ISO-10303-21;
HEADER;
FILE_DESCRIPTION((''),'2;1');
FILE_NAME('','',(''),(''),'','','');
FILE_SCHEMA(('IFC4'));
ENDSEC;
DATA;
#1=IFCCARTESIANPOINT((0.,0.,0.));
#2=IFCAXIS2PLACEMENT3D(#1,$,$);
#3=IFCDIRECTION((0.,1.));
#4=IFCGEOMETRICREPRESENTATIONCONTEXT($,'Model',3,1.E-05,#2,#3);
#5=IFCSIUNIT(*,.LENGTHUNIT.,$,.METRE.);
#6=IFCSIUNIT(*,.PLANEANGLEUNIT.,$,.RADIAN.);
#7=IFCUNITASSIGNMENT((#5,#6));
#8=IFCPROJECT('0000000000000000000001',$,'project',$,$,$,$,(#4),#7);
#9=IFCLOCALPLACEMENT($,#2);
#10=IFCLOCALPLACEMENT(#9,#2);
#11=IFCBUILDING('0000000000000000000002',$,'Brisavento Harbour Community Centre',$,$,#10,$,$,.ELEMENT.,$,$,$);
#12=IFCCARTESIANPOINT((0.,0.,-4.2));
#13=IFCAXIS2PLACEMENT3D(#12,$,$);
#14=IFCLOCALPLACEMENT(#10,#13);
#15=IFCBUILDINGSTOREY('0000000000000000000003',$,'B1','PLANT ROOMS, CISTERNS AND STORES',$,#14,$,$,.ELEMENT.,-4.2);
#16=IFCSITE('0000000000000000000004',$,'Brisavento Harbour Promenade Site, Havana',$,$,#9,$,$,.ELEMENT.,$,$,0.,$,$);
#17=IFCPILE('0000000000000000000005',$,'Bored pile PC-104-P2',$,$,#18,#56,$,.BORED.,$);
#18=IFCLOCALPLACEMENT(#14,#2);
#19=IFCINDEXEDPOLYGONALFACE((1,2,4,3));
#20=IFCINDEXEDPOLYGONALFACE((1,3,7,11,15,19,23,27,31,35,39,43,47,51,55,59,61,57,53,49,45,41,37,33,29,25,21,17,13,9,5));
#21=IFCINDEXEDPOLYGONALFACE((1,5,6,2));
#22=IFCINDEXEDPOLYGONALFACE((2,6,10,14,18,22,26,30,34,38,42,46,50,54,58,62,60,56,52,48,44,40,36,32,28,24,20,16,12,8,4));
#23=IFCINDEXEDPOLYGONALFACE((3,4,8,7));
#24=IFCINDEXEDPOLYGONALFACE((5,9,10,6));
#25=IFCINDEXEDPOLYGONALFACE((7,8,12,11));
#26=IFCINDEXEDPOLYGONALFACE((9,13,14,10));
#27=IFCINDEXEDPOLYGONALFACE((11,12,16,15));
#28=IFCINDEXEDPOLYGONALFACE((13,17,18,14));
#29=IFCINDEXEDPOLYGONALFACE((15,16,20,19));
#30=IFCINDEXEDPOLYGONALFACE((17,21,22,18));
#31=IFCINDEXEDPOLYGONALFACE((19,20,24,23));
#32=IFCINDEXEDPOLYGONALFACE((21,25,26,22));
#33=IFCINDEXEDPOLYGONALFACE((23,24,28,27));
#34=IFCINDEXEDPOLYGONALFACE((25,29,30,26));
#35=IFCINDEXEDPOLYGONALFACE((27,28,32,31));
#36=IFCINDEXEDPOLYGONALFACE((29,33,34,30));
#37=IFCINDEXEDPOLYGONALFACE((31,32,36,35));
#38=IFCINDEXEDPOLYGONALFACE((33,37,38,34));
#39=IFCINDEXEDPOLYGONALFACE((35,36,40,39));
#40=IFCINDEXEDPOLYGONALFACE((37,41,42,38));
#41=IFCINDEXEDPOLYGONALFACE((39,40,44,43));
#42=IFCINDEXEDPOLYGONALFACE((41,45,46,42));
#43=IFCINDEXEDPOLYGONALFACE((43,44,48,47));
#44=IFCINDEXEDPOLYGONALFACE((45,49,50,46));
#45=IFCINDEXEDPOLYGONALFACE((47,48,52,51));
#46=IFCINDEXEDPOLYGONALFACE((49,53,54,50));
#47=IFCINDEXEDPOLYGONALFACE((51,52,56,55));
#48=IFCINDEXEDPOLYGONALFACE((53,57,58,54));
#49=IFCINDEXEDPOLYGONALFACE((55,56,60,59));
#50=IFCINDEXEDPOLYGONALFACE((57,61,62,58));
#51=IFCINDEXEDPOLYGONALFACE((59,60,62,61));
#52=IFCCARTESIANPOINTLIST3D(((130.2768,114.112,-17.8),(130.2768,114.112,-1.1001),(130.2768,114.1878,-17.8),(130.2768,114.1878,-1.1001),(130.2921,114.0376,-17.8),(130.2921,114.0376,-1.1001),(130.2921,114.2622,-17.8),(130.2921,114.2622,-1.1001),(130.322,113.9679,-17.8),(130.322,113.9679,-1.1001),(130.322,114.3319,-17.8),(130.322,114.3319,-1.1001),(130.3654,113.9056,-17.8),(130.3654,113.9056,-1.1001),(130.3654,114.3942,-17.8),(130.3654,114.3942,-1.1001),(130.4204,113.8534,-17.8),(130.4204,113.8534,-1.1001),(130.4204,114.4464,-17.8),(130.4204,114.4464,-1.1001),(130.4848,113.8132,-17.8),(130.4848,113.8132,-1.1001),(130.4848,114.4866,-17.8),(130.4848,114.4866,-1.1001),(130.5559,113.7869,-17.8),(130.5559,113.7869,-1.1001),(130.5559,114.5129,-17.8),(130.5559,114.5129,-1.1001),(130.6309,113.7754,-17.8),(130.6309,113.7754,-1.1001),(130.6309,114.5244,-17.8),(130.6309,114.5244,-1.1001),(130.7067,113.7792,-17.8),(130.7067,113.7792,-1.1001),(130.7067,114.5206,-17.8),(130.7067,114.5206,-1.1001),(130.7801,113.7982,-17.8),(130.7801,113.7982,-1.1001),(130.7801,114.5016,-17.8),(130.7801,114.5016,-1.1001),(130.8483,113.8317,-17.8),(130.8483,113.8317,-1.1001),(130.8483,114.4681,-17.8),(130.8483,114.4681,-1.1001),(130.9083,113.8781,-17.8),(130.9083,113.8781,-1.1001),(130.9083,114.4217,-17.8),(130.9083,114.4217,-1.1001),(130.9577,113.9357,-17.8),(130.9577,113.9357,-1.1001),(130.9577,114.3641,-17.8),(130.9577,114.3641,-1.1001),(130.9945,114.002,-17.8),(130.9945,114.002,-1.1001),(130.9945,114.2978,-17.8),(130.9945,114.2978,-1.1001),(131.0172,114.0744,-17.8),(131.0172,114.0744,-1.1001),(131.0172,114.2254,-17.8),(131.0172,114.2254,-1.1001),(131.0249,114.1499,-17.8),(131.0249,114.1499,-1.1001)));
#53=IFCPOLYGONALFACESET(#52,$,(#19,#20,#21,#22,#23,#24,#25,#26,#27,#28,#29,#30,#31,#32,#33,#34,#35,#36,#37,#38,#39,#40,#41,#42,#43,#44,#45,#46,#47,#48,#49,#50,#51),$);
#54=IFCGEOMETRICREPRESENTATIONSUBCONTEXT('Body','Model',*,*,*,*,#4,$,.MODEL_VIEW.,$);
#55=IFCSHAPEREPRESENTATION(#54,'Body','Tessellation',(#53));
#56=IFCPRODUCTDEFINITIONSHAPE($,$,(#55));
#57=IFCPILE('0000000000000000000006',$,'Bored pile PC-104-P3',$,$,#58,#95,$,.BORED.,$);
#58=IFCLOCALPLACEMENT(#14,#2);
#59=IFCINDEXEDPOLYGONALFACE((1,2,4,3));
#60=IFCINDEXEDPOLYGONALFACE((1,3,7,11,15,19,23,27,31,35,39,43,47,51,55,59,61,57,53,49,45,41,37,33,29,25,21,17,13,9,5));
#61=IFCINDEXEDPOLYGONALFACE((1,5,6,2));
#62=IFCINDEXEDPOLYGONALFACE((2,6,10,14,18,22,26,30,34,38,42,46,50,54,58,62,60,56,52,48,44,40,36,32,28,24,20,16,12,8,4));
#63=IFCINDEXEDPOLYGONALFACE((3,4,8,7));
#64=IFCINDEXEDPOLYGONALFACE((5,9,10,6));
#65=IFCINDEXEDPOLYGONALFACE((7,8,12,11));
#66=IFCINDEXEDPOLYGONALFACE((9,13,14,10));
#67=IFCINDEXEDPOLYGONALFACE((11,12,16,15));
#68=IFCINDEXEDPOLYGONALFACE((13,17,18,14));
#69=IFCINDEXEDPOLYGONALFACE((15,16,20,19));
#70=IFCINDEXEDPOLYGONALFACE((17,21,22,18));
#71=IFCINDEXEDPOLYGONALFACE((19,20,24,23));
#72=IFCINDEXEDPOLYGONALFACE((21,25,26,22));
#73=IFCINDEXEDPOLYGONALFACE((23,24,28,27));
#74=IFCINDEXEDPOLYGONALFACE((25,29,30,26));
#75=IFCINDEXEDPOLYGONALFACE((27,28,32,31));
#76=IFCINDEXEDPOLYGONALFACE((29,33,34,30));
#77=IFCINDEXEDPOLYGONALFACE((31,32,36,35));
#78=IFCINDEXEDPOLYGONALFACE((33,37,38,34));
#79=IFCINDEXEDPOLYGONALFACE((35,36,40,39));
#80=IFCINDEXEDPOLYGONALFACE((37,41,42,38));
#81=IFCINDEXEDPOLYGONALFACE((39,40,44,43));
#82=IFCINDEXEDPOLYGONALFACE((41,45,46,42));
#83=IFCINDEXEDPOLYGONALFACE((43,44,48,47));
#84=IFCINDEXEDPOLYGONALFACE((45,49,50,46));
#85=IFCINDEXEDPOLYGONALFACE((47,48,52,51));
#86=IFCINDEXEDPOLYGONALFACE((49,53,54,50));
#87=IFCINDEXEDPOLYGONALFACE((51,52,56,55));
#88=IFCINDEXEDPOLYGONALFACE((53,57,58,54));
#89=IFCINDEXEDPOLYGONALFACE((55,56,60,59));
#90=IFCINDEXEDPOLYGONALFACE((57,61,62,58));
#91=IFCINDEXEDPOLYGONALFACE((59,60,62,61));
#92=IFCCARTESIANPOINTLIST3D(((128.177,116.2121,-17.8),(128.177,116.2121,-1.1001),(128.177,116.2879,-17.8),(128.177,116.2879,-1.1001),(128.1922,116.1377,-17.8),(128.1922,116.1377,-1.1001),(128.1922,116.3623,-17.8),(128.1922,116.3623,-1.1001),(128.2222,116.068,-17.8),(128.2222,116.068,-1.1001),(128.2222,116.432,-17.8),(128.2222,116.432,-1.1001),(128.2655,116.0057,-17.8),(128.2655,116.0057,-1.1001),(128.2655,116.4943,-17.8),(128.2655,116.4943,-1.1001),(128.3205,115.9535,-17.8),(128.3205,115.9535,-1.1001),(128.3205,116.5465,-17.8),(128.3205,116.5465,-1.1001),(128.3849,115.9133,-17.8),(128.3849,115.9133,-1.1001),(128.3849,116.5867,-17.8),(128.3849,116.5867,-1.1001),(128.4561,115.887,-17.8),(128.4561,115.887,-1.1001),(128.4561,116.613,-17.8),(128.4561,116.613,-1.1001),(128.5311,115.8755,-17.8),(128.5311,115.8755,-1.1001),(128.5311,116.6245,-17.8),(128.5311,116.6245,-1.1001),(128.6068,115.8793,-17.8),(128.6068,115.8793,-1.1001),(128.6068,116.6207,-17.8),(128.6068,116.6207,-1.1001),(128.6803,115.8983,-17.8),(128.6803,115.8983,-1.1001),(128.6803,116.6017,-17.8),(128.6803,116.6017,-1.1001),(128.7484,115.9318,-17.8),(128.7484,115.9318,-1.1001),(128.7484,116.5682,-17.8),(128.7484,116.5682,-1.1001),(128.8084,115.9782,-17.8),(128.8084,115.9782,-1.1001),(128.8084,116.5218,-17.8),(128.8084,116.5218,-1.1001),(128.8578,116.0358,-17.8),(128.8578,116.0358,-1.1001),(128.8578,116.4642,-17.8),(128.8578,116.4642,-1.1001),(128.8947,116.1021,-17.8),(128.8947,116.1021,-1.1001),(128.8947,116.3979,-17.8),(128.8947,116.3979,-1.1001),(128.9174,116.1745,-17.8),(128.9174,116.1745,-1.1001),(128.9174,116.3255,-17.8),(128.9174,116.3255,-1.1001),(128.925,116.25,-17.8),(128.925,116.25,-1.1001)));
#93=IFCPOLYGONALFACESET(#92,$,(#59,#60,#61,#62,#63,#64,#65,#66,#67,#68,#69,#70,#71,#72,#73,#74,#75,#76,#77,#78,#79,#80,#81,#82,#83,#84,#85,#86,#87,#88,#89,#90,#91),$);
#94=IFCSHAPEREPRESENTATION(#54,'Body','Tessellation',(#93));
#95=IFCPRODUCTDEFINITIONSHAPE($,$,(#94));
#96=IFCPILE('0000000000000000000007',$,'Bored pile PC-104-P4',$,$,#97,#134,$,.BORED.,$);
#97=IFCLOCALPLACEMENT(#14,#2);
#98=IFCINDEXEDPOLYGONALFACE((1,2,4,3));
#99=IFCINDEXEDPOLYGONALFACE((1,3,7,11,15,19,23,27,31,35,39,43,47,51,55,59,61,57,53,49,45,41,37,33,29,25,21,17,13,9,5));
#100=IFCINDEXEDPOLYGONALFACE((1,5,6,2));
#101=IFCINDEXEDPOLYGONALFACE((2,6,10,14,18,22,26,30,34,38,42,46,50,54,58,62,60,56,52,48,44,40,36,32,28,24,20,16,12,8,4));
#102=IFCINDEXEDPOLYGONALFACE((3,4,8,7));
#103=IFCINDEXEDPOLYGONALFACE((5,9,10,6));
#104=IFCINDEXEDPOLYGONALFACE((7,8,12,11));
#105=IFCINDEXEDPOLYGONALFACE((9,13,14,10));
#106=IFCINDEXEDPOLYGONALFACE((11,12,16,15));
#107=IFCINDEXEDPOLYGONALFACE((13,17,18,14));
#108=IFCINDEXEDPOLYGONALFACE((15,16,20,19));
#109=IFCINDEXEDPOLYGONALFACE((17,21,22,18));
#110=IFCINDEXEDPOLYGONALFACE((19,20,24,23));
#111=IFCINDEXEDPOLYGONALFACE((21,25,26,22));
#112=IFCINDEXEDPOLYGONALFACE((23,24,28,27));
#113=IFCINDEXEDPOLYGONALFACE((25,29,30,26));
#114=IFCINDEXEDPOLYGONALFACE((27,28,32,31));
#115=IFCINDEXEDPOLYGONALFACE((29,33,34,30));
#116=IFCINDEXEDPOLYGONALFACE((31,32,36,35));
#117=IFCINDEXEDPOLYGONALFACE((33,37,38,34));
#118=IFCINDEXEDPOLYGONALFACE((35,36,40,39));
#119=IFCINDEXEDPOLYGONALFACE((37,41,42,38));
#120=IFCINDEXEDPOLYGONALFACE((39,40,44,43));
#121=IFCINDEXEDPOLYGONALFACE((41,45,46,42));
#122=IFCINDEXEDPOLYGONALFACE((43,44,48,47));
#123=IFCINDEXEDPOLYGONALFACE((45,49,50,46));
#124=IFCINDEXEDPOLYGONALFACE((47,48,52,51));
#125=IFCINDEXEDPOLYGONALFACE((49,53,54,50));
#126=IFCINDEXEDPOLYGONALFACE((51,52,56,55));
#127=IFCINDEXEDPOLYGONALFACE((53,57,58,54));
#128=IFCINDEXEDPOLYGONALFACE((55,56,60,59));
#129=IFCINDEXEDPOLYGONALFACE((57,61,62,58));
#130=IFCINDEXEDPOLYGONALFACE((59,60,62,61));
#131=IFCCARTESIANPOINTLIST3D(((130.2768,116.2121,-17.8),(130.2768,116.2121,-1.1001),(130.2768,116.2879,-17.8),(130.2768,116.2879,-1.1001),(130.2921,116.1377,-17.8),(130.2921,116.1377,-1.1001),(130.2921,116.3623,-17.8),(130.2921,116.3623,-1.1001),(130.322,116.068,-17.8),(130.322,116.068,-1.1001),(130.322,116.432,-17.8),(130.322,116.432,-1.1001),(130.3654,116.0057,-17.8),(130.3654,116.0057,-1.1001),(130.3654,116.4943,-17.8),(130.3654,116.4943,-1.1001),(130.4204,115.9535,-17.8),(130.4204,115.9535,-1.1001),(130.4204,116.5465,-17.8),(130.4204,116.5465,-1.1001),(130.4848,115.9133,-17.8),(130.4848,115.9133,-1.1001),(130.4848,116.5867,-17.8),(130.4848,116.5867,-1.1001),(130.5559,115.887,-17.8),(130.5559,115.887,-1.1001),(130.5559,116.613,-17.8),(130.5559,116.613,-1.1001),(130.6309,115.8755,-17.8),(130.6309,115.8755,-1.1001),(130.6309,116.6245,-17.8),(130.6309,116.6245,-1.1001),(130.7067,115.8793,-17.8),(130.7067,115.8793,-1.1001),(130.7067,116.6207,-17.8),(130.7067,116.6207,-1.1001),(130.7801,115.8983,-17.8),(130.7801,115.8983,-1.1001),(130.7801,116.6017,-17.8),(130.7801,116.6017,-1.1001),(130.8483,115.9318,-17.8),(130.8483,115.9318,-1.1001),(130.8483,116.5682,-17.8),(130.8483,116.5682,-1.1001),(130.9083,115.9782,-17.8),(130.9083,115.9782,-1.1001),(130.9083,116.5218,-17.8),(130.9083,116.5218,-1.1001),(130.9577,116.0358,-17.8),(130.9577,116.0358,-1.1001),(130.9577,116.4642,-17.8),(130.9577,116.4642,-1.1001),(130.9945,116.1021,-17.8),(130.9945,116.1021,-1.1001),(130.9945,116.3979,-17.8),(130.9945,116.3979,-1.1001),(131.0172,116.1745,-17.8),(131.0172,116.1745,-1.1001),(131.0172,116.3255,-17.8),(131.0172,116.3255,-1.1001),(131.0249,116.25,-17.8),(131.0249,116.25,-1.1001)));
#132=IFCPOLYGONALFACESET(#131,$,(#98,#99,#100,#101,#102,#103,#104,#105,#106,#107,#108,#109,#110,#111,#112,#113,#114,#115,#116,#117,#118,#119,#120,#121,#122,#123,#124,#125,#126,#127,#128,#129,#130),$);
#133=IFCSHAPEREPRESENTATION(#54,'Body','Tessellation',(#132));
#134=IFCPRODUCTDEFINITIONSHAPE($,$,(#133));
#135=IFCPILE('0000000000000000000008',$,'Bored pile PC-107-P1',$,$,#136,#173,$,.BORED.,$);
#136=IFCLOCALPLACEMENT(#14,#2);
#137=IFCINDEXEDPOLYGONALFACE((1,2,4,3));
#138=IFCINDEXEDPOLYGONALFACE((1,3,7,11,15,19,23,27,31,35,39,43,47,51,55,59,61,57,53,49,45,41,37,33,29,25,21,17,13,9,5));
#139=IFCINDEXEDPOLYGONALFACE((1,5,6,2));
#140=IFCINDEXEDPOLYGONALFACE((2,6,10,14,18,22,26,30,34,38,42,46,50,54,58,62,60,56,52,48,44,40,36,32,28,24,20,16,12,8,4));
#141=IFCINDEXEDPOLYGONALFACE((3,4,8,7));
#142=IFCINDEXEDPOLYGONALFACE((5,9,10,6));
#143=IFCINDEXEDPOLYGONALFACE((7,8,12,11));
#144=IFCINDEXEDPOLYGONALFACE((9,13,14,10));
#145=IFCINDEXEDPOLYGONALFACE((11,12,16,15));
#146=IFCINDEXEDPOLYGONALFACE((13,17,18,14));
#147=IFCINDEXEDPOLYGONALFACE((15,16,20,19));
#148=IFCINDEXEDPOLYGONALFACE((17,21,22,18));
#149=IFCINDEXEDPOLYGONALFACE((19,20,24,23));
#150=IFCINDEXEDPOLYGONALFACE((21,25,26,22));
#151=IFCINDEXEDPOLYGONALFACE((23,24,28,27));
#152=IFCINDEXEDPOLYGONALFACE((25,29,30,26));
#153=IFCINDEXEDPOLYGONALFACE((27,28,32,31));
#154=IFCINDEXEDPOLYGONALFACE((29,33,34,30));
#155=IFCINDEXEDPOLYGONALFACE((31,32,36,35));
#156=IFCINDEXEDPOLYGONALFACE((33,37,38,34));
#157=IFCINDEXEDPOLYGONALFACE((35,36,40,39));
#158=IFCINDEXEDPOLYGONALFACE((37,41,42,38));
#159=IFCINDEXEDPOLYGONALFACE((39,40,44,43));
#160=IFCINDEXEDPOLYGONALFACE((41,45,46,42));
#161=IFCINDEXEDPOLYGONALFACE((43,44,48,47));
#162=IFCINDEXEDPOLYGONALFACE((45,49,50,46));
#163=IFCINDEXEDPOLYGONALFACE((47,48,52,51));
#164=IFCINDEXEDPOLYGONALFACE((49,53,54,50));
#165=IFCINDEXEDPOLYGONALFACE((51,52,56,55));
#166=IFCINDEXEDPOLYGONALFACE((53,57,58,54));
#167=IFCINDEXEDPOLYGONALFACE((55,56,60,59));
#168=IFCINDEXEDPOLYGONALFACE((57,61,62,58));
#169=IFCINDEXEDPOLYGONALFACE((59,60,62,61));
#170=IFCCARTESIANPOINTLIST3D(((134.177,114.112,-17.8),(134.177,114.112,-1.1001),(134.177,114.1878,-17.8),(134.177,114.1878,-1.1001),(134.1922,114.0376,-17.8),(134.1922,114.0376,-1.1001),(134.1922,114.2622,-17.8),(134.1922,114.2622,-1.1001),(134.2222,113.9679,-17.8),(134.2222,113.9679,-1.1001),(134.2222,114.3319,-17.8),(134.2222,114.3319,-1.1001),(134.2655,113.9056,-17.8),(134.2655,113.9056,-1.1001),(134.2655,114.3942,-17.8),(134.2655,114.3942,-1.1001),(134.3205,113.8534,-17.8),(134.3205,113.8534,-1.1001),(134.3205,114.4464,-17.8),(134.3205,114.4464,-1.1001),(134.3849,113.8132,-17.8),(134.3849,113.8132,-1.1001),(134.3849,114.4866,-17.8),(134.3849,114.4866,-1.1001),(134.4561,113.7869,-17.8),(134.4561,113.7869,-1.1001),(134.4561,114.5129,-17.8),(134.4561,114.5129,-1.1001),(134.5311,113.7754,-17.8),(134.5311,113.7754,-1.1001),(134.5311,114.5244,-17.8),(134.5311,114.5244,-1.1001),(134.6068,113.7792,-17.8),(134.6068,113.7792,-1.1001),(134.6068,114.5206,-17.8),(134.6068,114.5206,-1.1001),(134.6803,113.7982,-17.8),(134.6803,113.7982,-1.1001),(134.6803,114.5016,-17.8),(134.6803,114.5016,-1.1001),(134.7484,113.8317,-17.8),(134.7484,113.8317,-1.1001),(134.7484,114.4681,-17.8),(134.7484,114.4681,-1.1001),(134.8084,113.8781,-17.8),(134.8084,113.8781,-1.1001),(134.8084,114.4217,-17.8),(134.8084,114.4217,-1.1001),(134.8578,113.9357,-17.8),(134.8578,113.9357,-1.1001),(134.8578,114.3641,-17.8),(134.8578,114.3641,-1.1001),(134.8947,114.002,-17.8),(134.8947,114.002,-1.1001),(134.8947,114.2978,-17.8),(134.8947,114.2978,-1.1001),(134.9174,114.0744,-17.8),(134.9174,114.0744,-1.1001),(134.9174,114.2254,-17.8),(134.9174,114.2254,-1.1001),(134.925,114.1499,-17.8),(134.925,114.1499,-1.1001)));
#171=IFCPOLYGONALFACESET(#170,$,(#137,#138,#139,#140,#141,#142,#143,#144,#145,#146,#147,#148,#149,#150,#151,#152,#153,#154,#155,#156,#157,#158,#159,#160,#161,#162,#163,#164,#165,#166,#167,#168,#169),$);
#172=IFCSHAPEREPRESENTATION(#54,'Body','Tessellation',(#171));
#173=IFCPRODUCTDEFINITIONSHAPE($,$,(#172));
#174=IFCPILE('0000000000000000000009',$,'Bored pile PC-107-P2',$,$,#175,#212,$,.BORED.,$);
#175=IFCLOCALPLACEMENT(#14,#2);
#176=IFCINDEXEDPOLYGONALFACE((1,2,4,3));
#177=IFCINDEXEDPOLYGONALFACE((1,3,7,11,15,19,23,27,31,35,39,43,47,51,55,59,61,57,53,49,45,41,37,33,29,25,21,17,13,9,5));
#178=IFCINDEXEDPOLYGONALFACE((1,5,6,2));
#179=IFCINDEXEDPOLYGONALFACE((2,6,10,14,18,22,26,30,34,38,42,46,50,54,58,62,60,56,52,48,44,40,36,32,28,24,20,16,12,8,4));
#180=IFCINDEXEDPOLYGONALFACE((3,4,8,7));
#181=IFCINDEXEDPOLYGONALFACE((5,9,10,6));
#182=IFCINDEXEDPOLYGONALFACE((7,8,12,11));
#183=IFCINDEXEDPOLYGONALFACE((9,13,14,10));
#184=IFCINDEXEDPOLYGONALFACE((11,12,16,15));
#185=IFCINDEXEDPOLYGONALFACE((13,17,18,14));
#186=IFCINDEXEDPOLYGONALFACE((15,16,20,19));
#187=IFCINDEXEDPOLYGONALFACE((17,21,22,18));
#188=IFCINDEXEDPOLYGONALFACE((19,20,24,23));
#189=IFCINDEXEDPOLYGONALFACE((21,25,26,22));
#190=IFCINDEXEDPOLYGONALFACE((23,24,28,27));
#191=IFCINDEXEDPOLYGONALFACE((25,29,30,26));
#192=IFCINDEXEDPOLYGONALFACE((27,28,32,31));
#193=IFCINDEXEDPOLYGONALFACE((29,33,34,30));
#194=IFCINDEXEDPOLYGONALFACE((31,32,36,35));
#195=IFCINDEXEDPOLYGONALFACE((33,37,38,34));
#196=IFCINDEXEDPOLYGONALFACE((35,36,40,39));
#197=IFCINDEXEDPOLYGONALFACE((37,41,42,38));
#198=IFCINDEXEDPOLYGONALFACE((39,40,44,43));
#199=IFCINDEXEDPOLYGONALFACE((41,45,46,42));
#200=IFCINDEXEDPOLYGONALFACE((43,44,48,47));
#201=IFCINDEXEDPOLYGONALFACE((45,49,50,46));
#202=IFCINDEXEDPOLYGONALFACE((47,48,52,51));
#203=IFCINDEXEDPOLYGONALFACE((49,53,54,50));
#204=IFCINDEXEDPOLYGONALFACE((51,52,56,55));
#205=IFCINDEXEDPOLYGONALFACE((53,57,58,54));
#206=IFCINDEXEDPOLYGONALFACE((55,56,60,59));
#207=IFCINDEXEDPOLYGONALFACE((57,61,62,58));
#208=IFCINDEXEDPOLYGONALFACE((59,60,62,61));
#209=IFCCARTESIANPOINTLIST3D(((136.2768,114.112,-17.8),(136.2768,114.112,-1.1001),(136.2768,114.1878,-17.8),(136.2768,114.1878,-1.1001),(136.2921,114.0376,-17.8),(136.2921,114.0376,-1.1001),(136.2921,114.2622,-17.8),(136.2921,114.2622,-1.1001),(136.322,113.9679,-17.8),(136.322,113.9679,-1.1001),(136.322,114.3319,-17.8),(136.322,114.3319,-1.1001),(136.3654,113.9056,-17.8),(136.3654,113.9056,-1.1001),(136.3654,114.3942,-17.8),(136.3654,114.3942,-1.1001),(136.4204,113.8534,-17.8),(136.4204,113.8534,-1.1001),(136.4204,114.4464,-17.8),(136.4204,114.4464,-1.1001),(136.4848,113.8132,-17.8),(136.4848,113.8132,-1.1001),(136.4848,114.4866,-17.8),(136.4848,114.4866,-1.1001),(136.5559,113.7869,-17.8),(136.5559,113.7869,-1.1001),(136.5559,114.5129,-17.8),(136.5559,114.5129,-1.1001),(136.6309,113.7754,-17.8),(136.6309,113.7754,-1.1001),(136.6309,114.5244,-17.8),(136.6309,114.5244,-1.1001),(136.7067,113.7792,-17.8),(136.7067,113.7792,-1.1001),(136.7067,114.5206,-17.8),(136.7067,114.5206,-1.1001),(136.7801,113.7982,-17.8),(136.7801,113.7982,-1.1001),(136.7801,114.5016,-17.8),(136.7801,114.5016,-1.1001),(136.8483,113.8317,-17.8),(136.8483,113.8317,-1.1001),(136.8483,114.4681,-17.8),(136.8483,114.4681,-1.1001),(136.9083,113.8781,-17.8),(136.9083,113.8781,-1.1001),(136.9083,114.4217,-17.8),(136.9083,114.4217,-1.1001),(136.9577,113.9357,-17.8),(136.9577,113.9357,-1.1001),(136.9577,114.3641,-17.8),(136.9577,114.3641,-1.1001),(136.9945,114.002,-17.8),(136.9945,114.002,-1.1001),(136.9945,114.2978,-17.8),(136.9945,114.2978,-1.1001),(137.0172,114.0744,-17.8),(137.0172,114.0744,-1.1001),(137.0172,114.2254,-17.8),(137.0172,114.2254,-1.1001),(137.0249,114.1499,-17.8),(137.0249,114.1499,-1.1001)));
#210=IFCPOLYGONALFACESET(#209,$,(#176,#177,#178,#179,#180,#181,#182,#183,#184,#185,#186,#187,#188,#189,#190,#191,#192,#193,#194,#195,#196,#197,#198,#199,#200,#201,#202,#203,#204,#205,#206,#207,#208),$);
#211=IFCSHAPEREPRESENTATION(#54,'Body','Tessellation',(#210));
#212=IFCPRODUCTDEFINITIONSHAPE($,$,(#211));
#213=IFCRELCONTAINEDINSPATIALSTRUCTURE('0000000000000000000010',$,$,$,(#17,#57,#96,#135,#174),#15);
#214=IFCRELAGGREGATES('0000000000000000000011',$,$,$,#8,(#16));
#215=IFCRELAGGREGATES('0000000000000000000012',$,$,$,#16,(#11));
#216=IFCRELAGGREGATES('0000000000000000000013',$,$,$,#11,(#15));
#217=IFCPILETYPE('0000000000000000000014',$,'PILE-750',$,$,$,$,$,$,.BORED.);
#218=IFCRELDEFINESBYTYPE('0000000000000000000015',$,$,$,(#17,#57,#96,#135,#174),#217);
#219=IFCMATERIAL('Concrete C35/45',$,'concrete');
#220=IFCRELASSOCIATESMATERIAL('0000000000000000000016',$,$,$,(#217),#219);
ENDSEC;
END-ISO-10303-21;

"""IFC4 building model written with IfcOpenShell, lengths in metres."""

from ifc_helpers import new_model, si_unit, direction, frame, origin, origin_2d, place, context, subcontext, project, spatial, circle, extrude, material, material_profile, profile_set, type_object, element, save


model = new_model("IFC4")

# Units and contexts
model_context = context("Model", 3, precision=1e-05, world=origin(), true_north=direction((0.0, 1.0)))
body_context = subcontext(model_context, "Body", "Model", "MODEL_VIEW")
ifc_project = project(units=[si_unit("LENGTHUNIT", "METRE"), si_unit("PLANEANGLEUNIT", "RADIAN")], contexts=[model_context])

# Site, building, storey
site_placement = place(None, origin())
site = spatial("IfcSite", under=ifc_project, at=site_placement, Name="Brisavento Harbour Promenade Site, Havana", CompositionType="ELEMENT", RefElevation=0.0)
building_placement = place(site_placement, origin())
building = spatial("IfcBuilding", under=site, at=building_placement, Name="Brisavento Harbour Community Centre", CompositionType="ELEMENT")
storey_placement = place(building_placement, frame((0.0, 0.0, -4.2)))
storey = spatial("IfcBuildingStorey", under=building, at=storey_placement, Name="B1", Description="PLANT ROOMS, CISTERNS AND STORES", CompositionType="ELEMENT", Elevation=-4.2)

# Shared definitions
ifc_material_1 = material(Name="Concrete C35/45", Category="concrete")

# Piles
ifc_material_profile_1 = material_profile(ifc_material_1, circle(Radius=0.375, at=origin_2d()), Name="Concrete C35/45")
ifc_profile_set_1 = profile_set([ifc_material_profile_1], Name="Concrete C35/45")
pile_type_1 = type_object("IfcPileType", Name="PILE-750", PredefinedType="BORED", material=ifc_profile_set_1)
for number, where, z_axis, x_axis, name in (
    (1, (130.6499, 114.1499, -1.1001), (0.0, 0.0, -1.0), (1.0, 0.0, 0.0), "Bored pile PC-104-P2"),
    (2, (128.55, 116.25, -1.1001), (0.0, 0.0, -1.0), (1.0, 0.0, 0.0), "Bored pile PC-104-P3"),
    (3, (130.6499, 116.25, -1.1001), (0.0, 0.0, -1.0), (1.0, 0.0, 0.0), "Bored pile PC-104-P4"),
    (4, (134.55, 114.1499, -1.1001), (0.0, 0.0, -1.0), (1.0, 0.0, 0.0), "Bored pile PC-107-P1"),
    (5, (136.6499, 114.1499, -1.1001), (0.0, 0.0, -1.0), (1.0, 0.0, 0.0), "Bored pile PC-107-P2"),
):
    element("IfcPile", number, at=place(storey_placement, frame(where, z_axis=z_axis, x_axis=x_axis)), inside=storey, type_object=pile_type_1, Name=name, PredefinedType="BORED", context=body_context, shape_type="SweptSolid", body=[
        extrude(circle(Radius=0.375, at=origin_2d()), origin(), (0.0, 0.0, 1.0), 16.7),
    ])

save(model, "model.ifc")
